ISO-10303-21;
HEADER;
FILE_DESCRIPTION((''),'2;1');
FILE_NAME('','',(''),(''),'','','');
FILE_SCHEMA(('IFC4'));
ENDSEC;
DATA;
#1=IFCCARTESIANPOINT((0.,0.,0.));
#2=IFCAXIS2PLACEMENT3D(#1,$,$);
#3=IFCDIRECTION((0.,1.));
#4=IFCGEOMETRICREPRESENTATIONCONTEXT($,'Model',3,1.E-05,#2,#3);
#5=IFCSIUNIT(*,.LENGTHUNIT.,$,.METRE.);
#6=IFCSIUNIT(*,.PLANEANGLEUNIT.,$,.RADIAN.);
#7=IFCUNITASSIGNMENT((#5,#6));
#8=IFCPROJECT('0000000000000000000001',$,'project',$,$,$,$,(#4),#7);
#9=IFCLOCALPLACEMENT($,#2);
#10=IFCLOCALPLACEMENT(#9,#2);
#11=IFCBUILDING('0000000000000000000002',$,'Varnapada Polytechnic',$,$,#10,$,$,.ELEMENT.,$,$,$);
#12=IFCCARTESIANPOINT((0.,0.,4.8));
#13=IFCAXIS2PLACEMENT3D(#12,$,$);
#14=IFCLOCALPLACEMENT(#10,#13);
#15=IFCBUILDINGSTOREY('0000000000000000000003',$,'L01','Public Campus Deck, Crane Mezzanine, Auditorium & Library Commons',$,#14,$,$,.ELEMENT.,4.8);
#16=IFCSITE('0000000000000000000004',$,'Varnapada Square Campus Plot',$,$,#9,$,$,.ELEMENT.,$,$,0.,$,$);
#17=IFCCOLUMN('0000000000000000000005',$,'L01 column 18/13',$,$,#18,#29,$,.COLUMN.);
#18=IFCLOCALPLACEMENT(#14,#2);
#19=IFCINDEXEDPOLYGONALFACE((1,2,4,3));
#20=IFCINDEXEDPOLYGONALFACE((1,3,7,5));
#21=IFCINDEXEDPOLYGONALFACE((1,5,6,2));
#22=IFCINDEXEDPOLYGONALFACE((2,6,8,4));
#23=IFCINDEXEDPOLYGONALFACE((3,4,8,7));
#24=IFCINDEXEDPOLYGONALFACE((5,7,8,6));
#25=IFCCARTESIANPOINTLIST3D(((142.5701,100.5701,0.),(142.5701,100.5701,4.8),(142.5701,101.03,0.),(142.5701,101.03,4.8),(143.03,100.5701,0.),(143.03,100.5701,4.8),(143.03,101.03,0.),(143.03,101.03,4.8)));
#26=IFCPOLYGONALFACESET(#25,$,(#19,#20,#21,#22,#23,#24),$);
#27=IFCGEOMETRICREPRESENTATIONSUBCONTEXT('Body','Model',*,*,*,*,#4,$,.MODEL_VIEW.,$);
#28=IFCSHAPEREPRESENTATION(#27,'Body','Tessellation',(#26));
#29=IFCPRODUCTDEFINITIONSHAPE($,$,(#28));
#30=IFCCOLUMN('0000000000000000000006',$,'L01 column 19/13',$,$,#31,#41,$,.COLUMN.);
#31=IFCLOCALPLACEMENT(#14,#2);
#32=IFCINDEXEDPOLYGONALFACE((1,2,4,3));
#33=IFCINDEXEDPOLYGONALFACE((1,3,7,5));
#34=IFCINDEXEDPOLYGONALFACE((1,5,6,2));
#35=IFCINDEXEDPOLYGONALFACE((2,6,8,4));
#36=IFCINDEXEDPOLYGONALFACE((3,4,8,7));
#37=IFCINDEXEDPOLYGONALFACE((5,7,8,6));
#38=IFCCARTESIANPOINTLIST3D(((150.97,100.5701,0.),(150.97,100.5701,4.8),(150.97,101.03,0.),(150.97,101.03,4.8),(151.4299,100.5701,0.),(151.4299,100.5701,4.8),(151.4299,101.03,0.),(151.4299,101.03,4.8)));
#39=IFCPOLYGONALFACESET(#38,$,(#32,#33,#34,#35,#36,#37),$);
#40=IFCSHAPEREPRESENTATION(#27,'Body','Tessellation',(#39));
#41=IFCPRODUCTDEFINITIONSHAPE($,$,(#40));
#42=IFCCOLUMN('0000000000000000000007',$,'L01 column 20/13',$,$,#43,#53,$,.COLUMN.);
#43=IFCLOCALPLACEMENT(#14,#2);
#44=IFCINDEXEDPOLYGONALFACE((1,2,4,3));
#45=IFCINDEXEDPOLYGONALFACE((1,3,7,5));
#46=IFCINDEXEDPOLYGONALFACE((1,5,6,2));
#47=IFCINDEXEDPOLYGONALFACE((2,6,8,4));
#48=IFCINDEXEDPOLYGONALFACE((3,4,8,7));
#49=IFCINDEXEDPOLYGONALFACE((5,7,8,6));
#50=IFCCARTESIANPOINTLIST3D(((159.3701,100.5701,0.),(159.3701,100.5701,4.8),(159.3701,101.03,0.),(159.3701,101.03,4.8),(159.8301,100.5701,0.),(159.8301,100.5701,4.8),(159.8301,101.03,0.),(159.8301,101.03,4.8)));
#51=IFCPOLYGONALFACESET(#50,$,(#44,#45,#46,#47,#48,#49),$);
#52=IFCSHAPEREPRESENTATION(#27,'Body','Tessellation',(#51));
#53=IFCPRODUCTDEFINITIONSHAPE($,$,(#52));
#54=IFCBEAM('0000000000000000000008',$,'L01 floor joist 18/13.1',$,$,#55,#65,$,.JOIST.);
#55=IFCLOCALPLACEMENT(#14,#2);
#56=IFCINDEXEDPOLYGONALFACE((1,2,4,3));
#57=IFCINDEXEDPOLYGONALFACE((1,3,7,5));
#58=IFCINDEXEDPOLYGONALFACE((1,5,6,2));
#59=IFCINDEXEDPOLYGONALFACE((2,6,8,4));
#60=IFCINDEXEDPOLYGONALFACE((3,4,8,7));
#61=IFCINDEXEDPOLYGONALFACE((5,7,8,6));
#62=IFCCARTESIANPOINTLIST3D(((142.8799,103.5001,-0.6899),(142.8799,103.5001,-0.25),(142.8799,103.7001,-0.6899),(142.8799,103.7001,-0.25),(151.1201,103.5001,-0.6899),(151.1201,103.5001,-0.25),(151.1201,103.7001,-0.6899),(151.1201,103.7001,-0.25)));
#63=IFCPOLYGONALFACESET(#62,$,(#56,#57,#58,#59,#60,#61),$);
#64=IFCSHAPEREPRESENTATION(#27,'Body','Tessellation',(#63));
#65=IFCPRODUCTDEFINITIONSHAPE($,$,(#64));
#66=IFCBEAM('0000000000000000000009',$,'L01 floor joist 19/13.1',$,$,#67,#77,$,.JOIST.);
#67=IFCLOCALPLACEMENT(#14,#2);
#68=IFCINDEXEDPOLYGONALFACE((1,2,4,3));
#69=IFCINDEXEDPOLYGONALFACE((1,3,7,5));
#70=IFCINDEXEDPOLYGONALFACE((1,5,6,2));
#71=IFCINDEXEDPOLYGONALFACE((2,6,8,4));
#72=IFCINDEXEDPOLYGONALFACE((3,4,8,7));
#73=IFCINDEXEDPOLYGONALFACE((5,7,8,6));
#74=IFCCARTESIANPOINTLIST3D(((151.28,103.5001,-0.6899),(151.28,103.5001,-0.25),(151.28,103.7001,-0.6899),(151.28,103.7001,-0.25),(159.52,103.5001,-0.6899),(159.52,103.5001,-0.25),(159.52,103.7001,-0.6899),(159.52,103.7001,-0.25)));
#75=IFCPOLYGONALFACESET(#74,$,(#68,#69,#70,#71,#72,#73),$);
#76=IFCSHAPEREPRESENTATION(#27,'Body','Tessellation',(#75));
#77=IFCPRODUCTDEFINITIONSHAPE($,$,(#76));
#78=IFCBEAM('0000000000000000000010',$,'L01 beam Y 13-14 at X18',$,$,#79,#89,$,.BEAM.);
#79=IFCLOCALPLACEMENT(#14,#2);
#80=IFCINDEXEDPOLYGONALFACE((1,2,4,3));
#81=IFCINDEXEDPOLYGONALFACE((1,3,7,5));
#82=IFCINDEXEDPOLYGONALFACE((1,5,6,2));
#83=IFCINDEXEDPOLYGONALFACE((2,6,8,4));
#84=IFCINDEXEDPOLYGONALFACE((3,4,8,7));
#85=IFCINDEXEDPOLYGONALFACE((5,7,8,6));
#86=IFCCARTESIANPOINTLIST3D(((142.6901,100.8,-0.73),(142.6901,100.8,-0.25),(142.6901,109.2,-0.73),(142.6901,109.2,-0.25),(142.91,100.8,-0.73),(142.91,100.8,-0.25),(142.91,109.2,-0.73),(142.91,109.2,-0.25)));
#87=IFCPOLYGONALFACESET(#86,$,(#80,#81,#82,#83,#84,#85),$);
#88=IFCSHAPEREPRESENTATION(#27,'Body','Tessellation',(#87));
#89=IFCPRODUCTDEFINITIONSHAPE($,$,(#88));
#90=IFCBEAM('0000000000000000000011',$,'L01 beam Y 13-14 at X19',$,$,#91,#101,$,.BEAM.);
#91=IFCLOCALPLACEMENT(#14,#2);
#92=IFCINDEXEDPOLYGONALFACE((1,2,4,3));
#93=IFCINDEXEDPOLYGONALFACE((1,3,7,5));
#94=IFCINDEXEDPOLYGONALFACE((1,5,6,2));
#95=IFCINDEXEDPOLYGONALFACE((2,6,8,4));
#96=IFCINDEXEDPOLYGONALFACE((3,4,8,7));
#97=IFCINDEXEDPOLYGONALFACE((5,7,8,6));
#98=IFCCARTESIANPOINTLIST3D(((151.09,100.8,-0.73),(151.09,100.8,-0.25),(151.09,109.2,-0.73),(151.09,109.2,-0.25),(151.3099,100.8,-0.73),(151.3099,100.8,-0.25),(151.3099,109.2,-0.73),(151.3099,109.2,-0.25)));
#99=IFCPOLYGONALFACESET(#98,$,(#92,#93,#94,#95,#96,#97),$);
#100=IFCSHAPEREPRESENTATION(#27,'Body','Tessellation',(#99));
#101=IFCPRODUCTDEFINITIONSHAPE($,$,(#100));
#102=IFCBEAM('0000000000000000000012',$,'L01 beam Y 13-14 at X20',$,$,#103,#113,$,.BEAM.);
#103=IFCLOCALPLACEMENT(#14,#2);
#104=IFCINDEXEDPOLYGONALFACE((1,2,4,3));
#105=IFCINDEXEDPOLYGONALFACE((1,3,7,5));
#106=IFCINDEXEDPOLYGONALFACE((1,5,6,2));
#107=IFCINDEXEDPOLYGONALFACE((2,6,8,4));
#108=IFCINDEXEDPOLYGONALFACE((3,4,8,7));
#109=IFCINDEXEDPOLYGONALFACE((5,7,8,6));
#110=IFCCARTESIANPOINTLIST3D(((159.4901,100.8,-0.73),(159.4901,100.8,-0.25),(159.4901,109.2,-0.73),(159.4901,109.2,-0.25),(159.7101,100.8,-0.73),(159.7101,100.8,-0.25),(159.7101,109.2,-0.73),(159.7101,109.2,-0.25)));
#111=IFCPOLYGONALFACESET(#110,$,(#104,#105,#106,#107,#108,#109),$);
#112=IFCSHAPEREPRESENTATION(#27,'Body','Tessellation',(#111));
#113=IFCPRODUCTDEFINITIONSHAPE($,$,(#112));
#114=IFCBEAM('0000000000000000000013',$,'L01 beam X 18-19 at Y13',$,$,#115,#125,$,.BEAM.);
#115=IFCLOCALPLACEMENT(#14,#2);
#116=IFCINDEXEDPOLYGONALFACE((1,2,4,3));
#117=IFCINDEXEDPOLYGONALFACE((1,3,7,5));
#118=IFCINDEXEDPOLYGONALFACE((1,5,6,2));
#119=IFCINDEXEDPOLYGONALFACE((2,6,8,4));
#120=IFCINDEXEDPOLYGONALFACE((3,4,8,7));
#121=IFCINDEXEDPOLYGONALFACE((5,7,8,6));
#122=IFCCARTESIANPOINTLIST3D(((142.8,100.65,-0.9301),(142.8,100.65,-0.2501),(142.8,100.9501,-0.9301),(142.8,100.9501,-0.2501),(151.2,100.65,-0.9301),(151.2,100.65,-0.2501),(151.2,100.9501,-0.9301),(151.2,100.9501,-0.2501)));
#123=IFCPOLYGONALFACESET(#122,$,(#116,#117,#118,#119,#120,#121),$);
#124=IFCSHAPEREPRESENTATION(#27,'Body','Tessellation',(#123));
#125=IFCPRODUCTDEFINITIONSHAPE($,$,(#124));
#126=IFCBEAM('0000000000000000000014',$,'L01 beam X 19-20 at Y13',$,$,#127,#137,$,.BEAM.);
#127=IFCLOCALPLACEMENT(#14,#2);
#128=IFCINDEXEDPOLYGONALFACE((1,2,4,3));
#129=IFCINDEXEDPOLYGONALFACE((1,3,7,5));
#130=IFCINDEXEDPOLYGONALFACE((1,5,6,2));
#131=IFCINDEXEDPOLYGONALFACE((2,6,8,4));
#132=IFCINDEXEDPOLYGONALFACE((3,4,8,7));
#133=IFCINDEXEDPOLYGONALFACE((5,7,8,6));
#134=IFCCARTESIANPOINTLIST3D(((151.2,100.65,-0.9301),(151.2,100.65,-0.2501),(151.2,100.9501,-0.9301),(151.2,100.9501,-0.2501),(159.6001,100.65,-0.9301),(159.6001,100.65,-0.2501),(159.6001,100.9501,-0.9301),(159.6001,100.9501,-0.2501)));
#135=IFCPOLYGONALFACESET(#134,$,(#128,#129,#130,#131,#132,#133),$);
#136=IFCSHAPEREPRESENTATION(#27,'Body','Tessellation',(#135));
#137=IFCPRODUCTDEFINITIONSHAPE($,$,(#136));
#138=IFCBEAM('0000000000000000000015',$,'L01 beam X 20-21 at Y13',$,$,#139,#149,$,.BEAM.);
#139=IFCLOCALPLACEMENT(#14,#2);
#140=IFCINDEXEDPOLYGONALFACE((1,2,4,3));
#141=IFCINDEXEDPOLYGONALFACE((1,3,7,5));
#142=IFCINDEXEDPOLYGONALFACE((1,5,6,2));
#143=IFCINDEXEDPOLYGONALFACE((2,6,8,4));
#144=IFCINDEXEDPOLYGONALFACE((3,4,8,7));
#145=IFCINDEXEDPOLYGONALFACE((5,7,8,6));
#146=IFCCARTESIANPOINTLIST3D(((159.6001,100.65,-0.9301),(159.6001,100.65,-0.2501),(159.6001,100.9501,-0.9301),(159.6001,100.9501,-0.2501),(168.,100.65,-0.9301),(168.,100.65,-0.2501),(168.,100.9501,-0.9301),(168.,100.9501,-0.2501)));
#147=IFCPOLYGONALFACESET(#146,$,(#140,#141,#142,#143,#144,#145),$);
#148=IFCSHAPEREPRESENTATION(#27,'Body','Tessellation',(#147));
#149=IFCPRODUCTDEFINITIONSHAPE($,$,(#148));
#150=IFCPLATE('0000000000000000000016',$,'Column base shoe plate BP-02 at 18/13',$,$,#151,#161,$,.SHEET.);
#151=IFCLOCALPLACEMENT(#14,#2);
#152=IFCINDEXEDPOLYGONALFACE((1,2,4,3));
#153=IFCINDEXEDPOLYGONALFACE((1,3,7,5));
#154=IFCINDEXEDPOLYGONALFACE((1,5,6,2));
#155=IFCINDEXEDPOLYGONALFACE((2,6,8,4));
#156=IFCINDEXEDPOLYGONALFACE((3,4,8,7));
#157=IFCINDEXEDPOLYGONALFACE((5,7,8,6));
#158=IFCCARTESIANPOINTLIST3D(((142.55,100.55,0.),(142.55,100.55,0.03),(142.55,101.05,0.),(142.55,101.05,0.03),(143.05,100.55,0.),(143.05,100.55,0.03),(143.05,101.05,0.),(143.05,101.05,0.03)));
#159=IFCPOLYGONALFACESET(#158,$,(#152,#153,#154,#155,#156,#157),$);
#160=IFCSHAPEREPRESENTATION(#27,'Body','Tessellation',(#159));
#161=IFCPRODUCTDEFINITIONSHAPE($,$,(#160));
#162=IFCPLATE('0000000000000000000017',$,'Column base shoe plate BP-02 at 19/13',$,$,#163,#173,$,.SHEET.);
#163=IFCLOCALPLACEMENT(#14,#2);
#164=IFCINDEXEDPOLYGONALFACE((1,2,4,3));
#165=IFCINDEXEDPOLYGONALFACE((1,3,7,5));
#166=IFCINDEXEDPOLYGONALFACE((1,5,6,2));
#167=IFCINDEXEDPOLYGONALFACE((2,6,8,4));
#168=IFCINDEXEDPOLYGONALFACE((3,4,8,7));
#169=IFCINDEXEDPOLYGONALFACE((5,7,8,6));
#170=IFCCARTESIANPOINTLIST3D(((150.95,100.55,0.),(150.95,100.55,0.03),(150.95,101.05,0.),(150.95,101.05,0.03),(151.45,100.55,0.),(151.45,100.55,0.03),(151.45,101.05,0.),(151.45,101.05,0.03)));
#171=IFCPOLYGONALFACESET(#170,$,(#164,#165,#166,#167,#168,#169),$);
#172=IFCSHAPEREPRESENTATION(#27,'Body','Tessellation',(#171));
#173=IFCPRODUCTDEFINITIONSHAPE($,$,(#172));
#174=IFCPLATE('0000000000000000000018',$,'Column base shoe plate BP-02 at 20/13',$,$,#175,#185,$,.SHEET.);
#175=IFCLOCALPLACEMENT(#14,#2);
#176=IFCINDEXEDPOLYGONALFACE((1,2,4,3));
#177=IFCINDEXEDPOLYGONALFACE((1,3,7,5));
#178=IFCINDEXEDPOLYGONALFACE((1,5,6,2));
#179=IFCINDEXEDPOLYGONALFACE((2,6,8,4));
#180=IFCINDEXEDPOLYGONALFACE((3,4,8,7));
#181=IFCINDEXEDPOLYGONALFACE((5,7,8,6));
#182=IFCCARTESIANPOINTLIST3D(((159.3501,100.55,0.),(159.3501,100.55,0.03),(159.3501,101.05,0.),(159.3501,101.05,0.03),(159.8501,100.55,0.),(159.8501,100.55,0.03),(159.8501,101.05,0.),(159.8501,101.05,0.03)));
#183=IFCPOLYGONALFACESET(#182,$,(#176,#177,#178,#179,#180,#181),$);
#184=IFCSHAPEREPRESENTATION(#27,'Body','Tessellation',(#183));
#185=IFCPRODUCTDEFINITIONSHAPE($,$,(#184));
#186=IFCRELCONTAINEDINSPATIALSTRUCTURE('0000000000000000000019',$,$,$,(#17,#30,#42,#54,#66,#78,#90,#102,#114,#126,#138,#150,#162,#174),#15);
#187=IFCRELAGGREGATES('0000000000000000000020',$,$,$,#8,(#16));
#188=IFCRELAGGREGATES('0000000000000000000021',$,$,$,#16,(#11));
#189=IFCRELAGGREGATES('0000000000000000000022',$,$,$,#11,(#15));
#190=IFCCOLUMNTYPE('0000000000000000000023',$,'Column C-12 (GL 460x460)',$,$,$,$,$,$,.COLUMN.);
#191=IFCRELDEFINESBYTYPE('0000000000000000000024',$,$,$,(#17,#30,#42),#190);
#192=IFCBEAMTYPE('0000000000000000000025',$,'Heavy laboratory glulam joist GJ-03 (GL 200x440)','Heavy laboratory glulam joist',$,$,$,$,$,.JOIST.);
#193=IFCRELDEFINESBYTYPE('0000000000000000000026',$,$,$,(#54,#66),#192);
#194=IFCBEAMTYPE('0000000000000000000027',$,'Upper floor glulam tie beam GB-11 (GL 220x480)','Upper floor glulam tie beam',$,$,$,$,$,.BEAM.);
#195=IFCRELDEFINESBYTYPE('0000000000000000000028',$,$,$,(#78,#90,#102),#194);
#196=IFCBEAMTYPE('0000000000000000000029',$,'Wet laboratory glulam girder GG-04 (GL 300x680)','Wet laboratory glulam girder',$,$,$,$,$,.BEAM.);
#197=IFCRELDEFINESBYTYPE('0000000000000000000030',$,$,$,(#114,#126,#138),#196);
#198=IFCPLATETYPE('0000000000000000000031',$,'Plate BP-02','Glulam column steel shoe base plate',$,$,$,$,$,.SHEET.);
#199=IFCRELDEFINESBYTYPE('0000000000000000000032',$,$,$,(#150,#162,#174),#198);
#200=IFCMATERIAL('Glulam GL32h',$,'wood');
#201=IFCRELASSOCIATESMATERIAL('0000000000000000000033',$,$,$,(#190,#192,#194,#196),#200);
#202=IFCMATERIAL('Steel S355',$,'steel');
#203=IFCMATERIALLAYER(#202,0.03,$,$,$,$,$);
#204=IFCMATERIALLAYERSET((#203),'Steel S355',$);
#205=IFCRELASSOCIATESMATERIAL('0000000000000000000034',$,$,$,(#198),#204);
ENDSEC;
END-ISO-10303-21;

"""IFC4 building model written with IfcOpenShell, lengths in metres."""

from ifc_helpers import new_model, si_unit, direction, frame, origin, origin_2d, place, context, subcontext, project, spatial, rectangle, extrude, material, layer, layer_set, material_profile, profile_set, type_object, element, save


model = new_model("IFC4")

# Units and contexts
model_context = context("Model", 3, precision=1e-05, world=origin(), true_north=direction((0.0, 1.0)))
body_context = subcontext(model_context, "Body", "Model", "MODEL_VIEW")
ifc_project = project(units=[si_unit("LENGTHUNIT", "METRE"), si_unit("PLANEANGLEUNIT", "RADIAN")], contexts=[model_context])

# Site, building, storey
site_placement = place(None, origin())
site = spatial("IfcSite", under=ifc_project, at=site_placement, Name="Varnapada Square Campus Plot", CompositionType="ELEMENT", RefElevation=0.0)
building_placement = place(site_placement, origin())
building = spatial("IfcBuilding", under=site, at=building_placement, Name="Varnapada Polytechnic", CompositionType="ELEMENT")
storey_placement = place(building_placement, frame((0.0, 0.0, 4.8)))
storey = spatial("IfcBuildingStorey", under=building, at=storey_placement, Name="L01", Description="Public Campus Deck, Crane Mezzanine, Auditorium & Library Commons", CompositionType="ELEMENT", Elevation=4.8)

# Columns
ifc_material_1 = material(Name="Glulam GL32h", Category="wood")
ifc_material_profile_1 = material_profile(ifc_material_1, rectangle(XDim=0.46, YDim=0.46, at=origin_2d()), Name="GL 460x460")
ifc_profile_set_1 = profile_set([ifc_material_profile_1], Name="Glulam GL32h")
column_type = type_object("IfcColumnType", Name="Column C-12 (GL 460x460)", PredefinedType="COLUMN", material=ifc_profile_set_1)
for number, where, z_axis, x_axis, name in (
    (1, (142.8, 100.8, 0.0), (0.0, 0.0, 1.0), (1.0, 0.0, 0.0), "L01 column 18/13"),
    (2, (151.2, 100.8, 0.0), (0.0, 0.0, 1.0), (1.0, 0.0, 0.0), "L01 column 19/13"),
    (3, (159.6001, 100.8, 0.0), (0.0, 0.0, 1.0), (1.0, 0.0, 0.0), "L01 column 20/13"),
):
    element("IfcColumn", number, at=place(storey_placement, frame(where, z_axis=z_axis, x_axis=x_axis)), inside=storey, type_object=column_type, Name=name, PredefinedType="COLUMN", context=body_context, shape_type="SweptSolid", body=[
        extrude(rectangle(XDim=0.46, YDim=0.46, at=origin_2d()), origin(), (0.0, 0.0, 1.0), 4.8),
    ])

# Beams
ifc_material_profile_2 = material_profile(ifc_material_1, rectangle(XDim=0.2, YDim=0.4399, at=origin_2d()), Name="GL 200x440")
ifc_profile_set_2 = profile_set([ifc_material_profile_2], Name="Glulam GL32h")
beam_type_1 = type_object("IfcBeamType", Name="Heavy laboratory glulam joist GJ-03 (GL 200x440)", Description="Heavy laboratory glulam joist", PredefinedType="JOIST", material=ifc_profile_set_2)
beam_1_placement = place(storey_placement, frame((142.8799, 103.6001, -0.47), z_axis=(1.0, 0.0, 0.0), x_axis=(0.0, 1.0, 0.0)))
element("IfcBeam", 4, at=beam_1_placement, inside=storey, type_object=beam_type_1, Name="L01 floor joist 18/13.1", PredefinedType="JOIST", context=body_context, shape_type="SweptSolid", body=[
    extrude(rectangle(XDim=0.2, YDim=0.4399, at=origin_2d()), origin(), (0.0, 0.0, 1.0), 8.2402),
])
beam_2_placement = place(storey_placement, frame((151.28, 103.6001, -0.47), z_axis=(1.0, 0.0, 0.0), x_axis=(0.0, 1.0, 0.0)))
element("IfcBeam", 5, at=beam_2_placement, inside=storey, type_object=beam_type_1, Name="L01 floor joist 19/13.1", PredefinedType="JOIST", context=body_context, shape_type="SweptSolid", body=[
    extrude(rectangle(XDim=0.2, YDim=0.4399, at=origin_2d()), origin(), (0.0, 0.0, 1.0), 8.24),
])
ifc_material_profile_3 = material_profile(ifc_material_1, rectangle(XDim=0.22, YDim=0.48, at=origin_2d()), Name="GL 220x480")
ifc_profile_set_3 = profile_set([ifc_material_profile_3], Name="Glulam GL32h")
beam_type_2 = type_object("IfcBeamType", Name="Upper floor glulam tie beam GB-11 (GL 220x480)", Description="Upper floor glulam tie beam", PredefinedType="BEAM", material=ifc_profile_set_3)
for number, where, z_axis, x_axis, name in (
    (6, (142.8, 100.8, -0.49), (0.0, 1.0, 0.0), (-1.0, 0.0, 0.0), "L01 beam Y 13-14 at X18"),
    (7, (151.2, 100.8, -0.49), (0.0, 1.0, 0.0), (-1.0, 0.0, 0.0), "L01 beam Y 13-14 at X19"),
    (8, (159.6001, 100.8, -0.49), (0.0, 1.0, 0.0), (-1.0, 0.0, 0.0), "L01 beam Y 13-14 at X20"),
):
    element("IfcBeam", number, at=place(storey_placement, frame(where, z_axis=z_axis, x_axis=x_axis)), inside=storey, type_object=beam_type_2, Name=name, PredefinedType="BEAM", context=body_context, shape_type="SweptSolid", body=[
        extrude(rectangle(XDim=0.22, YDim=0.48, at=origin_2d()), origin(), (0.0, 0.0, 1.0), 8.3999),
    ])
ifc_material_profile_4 = material_profile(ifc_material_1, rectangle(XDim=0.3, YDim=0.6799, at=origin_2d()), Name="GL 300x680")
ifc_profile_set_4 = profile_set([ifc_material_profile_4], Name="Glulam GL32h")
beam_type_3 = type_object("IfcBeamType", Name="Wet laboratory glulam girder GG-04 (GL 300x680)", Description="Wet laboratory glulam girder", PredefinedType="BEAM", material=ifc_profile_set_4)
beam_3_placement = place(storey_placement, frame((142.8, 100.8, -0.5901), z_axis=(1.0, 0.0, 0.0), x_axis=(0.0, 1.0, 0.0)))
element("IfcBeam", 9, at=beam_3_placement, inside=storey, type_object=beam_type_3, Name="L01 beam X 18-19 at Y13", PredefinedType="BEAM", context=body_context, shape_type="SweptSolid", body=[
    extrude(rectangle(XDim=0.3, YDim=0.6799, at=origin_2d()), origin(), (0.0, 0.0, 1.0), 8.3999),
])
beam_4_placement = place(storey_placement, frame((151.2, 100.8, -0.5901), z_axis=(1.0, 0.0, 0.0), x_axis=(0.0, 1.0, 0.0)))
element("IfcBeam", 10, at=beam_4_placement, inside=storey, type_object=beam_type_3, Name="L01 beam X 19-20 at Y13", PredefinedType="BEAM", context=body_context, shape_type="SweptSolid", body=[
    extrude(rectangle(XDim=0.3, YDim=0.6799, at=origin_2d()), origin(), (0.0, 0.0, 1.0), 8.4001),
])
beam_5_placement = place(storey_placement, frame((159.6001, 100.8, -0.5901), z_axis=(1.0, 0.0, 0.0), x_axis=(0.0, 1.0, 0.0)))
element("IfcBeam", 11, at=beam_5_placement, inside=storey, type_object=beam_type_3, Name="L01 beam X 20-21 at Y13", PredefinedType="BEAM", context=body_context, shape_type="SweptSolid", body=[
    extrude(rectangle(XDim=0.3, YDim=0.6799, at=origin_2d()), origin(), (0.0, 0.0, 1.0), 8.3999),
])

# Plates
ifc_material_2 = material(Name="Steel S355", Category="steel")
ifc_layer_1 = layer(ifc_material_2, 0.03)
ifc_layer_set_1 = layer_set([ifc_layer_1], Name="Steel S355")
plate_type = type_object("IfcPlateType", Name="Plate BP-02", Description="Glulam column steel shoe base plate", PredefinedType="SHEET", material=ifc_layer_set_1)
for number, where, z_axis, x_axis, name in (
    (12, (142.8, 100.8, 0.0), (0.0, 0.0, 1.0), (1.0, 0.0, 0.0), "Column base shoe plate BP-02 at 18/13"),
    (13, (151.2, 100.8, 0.0), (0.0, 0.0, 1.0), (1.0, 0.0, 0.0), "Column base shoe plate BP-02 at 19/13"),
    (14, (159.6001, 100.8, 0.0), (0.0, 0.0, 1.0), (1.0, 0.0, 0.0), "Column base shoe plate BP-02 at 20/13"),
):
    element("IfcPlate", number, at=place(storey_placement, frame(where, z_axis=z_axis, x_axis=x_axis)), inside=storey, type_object=plate_type, Name=name, PredefinedType="SHEET", context=body_context, shape_type="SweptSolid", body=[
        extrude(rectangle(XDim=0.5, YDim=0.5, at=origin_2d()), origin(), (0.0, 0.0, 1.0), 0.03),
    ])

save(model, "model.ifc")
